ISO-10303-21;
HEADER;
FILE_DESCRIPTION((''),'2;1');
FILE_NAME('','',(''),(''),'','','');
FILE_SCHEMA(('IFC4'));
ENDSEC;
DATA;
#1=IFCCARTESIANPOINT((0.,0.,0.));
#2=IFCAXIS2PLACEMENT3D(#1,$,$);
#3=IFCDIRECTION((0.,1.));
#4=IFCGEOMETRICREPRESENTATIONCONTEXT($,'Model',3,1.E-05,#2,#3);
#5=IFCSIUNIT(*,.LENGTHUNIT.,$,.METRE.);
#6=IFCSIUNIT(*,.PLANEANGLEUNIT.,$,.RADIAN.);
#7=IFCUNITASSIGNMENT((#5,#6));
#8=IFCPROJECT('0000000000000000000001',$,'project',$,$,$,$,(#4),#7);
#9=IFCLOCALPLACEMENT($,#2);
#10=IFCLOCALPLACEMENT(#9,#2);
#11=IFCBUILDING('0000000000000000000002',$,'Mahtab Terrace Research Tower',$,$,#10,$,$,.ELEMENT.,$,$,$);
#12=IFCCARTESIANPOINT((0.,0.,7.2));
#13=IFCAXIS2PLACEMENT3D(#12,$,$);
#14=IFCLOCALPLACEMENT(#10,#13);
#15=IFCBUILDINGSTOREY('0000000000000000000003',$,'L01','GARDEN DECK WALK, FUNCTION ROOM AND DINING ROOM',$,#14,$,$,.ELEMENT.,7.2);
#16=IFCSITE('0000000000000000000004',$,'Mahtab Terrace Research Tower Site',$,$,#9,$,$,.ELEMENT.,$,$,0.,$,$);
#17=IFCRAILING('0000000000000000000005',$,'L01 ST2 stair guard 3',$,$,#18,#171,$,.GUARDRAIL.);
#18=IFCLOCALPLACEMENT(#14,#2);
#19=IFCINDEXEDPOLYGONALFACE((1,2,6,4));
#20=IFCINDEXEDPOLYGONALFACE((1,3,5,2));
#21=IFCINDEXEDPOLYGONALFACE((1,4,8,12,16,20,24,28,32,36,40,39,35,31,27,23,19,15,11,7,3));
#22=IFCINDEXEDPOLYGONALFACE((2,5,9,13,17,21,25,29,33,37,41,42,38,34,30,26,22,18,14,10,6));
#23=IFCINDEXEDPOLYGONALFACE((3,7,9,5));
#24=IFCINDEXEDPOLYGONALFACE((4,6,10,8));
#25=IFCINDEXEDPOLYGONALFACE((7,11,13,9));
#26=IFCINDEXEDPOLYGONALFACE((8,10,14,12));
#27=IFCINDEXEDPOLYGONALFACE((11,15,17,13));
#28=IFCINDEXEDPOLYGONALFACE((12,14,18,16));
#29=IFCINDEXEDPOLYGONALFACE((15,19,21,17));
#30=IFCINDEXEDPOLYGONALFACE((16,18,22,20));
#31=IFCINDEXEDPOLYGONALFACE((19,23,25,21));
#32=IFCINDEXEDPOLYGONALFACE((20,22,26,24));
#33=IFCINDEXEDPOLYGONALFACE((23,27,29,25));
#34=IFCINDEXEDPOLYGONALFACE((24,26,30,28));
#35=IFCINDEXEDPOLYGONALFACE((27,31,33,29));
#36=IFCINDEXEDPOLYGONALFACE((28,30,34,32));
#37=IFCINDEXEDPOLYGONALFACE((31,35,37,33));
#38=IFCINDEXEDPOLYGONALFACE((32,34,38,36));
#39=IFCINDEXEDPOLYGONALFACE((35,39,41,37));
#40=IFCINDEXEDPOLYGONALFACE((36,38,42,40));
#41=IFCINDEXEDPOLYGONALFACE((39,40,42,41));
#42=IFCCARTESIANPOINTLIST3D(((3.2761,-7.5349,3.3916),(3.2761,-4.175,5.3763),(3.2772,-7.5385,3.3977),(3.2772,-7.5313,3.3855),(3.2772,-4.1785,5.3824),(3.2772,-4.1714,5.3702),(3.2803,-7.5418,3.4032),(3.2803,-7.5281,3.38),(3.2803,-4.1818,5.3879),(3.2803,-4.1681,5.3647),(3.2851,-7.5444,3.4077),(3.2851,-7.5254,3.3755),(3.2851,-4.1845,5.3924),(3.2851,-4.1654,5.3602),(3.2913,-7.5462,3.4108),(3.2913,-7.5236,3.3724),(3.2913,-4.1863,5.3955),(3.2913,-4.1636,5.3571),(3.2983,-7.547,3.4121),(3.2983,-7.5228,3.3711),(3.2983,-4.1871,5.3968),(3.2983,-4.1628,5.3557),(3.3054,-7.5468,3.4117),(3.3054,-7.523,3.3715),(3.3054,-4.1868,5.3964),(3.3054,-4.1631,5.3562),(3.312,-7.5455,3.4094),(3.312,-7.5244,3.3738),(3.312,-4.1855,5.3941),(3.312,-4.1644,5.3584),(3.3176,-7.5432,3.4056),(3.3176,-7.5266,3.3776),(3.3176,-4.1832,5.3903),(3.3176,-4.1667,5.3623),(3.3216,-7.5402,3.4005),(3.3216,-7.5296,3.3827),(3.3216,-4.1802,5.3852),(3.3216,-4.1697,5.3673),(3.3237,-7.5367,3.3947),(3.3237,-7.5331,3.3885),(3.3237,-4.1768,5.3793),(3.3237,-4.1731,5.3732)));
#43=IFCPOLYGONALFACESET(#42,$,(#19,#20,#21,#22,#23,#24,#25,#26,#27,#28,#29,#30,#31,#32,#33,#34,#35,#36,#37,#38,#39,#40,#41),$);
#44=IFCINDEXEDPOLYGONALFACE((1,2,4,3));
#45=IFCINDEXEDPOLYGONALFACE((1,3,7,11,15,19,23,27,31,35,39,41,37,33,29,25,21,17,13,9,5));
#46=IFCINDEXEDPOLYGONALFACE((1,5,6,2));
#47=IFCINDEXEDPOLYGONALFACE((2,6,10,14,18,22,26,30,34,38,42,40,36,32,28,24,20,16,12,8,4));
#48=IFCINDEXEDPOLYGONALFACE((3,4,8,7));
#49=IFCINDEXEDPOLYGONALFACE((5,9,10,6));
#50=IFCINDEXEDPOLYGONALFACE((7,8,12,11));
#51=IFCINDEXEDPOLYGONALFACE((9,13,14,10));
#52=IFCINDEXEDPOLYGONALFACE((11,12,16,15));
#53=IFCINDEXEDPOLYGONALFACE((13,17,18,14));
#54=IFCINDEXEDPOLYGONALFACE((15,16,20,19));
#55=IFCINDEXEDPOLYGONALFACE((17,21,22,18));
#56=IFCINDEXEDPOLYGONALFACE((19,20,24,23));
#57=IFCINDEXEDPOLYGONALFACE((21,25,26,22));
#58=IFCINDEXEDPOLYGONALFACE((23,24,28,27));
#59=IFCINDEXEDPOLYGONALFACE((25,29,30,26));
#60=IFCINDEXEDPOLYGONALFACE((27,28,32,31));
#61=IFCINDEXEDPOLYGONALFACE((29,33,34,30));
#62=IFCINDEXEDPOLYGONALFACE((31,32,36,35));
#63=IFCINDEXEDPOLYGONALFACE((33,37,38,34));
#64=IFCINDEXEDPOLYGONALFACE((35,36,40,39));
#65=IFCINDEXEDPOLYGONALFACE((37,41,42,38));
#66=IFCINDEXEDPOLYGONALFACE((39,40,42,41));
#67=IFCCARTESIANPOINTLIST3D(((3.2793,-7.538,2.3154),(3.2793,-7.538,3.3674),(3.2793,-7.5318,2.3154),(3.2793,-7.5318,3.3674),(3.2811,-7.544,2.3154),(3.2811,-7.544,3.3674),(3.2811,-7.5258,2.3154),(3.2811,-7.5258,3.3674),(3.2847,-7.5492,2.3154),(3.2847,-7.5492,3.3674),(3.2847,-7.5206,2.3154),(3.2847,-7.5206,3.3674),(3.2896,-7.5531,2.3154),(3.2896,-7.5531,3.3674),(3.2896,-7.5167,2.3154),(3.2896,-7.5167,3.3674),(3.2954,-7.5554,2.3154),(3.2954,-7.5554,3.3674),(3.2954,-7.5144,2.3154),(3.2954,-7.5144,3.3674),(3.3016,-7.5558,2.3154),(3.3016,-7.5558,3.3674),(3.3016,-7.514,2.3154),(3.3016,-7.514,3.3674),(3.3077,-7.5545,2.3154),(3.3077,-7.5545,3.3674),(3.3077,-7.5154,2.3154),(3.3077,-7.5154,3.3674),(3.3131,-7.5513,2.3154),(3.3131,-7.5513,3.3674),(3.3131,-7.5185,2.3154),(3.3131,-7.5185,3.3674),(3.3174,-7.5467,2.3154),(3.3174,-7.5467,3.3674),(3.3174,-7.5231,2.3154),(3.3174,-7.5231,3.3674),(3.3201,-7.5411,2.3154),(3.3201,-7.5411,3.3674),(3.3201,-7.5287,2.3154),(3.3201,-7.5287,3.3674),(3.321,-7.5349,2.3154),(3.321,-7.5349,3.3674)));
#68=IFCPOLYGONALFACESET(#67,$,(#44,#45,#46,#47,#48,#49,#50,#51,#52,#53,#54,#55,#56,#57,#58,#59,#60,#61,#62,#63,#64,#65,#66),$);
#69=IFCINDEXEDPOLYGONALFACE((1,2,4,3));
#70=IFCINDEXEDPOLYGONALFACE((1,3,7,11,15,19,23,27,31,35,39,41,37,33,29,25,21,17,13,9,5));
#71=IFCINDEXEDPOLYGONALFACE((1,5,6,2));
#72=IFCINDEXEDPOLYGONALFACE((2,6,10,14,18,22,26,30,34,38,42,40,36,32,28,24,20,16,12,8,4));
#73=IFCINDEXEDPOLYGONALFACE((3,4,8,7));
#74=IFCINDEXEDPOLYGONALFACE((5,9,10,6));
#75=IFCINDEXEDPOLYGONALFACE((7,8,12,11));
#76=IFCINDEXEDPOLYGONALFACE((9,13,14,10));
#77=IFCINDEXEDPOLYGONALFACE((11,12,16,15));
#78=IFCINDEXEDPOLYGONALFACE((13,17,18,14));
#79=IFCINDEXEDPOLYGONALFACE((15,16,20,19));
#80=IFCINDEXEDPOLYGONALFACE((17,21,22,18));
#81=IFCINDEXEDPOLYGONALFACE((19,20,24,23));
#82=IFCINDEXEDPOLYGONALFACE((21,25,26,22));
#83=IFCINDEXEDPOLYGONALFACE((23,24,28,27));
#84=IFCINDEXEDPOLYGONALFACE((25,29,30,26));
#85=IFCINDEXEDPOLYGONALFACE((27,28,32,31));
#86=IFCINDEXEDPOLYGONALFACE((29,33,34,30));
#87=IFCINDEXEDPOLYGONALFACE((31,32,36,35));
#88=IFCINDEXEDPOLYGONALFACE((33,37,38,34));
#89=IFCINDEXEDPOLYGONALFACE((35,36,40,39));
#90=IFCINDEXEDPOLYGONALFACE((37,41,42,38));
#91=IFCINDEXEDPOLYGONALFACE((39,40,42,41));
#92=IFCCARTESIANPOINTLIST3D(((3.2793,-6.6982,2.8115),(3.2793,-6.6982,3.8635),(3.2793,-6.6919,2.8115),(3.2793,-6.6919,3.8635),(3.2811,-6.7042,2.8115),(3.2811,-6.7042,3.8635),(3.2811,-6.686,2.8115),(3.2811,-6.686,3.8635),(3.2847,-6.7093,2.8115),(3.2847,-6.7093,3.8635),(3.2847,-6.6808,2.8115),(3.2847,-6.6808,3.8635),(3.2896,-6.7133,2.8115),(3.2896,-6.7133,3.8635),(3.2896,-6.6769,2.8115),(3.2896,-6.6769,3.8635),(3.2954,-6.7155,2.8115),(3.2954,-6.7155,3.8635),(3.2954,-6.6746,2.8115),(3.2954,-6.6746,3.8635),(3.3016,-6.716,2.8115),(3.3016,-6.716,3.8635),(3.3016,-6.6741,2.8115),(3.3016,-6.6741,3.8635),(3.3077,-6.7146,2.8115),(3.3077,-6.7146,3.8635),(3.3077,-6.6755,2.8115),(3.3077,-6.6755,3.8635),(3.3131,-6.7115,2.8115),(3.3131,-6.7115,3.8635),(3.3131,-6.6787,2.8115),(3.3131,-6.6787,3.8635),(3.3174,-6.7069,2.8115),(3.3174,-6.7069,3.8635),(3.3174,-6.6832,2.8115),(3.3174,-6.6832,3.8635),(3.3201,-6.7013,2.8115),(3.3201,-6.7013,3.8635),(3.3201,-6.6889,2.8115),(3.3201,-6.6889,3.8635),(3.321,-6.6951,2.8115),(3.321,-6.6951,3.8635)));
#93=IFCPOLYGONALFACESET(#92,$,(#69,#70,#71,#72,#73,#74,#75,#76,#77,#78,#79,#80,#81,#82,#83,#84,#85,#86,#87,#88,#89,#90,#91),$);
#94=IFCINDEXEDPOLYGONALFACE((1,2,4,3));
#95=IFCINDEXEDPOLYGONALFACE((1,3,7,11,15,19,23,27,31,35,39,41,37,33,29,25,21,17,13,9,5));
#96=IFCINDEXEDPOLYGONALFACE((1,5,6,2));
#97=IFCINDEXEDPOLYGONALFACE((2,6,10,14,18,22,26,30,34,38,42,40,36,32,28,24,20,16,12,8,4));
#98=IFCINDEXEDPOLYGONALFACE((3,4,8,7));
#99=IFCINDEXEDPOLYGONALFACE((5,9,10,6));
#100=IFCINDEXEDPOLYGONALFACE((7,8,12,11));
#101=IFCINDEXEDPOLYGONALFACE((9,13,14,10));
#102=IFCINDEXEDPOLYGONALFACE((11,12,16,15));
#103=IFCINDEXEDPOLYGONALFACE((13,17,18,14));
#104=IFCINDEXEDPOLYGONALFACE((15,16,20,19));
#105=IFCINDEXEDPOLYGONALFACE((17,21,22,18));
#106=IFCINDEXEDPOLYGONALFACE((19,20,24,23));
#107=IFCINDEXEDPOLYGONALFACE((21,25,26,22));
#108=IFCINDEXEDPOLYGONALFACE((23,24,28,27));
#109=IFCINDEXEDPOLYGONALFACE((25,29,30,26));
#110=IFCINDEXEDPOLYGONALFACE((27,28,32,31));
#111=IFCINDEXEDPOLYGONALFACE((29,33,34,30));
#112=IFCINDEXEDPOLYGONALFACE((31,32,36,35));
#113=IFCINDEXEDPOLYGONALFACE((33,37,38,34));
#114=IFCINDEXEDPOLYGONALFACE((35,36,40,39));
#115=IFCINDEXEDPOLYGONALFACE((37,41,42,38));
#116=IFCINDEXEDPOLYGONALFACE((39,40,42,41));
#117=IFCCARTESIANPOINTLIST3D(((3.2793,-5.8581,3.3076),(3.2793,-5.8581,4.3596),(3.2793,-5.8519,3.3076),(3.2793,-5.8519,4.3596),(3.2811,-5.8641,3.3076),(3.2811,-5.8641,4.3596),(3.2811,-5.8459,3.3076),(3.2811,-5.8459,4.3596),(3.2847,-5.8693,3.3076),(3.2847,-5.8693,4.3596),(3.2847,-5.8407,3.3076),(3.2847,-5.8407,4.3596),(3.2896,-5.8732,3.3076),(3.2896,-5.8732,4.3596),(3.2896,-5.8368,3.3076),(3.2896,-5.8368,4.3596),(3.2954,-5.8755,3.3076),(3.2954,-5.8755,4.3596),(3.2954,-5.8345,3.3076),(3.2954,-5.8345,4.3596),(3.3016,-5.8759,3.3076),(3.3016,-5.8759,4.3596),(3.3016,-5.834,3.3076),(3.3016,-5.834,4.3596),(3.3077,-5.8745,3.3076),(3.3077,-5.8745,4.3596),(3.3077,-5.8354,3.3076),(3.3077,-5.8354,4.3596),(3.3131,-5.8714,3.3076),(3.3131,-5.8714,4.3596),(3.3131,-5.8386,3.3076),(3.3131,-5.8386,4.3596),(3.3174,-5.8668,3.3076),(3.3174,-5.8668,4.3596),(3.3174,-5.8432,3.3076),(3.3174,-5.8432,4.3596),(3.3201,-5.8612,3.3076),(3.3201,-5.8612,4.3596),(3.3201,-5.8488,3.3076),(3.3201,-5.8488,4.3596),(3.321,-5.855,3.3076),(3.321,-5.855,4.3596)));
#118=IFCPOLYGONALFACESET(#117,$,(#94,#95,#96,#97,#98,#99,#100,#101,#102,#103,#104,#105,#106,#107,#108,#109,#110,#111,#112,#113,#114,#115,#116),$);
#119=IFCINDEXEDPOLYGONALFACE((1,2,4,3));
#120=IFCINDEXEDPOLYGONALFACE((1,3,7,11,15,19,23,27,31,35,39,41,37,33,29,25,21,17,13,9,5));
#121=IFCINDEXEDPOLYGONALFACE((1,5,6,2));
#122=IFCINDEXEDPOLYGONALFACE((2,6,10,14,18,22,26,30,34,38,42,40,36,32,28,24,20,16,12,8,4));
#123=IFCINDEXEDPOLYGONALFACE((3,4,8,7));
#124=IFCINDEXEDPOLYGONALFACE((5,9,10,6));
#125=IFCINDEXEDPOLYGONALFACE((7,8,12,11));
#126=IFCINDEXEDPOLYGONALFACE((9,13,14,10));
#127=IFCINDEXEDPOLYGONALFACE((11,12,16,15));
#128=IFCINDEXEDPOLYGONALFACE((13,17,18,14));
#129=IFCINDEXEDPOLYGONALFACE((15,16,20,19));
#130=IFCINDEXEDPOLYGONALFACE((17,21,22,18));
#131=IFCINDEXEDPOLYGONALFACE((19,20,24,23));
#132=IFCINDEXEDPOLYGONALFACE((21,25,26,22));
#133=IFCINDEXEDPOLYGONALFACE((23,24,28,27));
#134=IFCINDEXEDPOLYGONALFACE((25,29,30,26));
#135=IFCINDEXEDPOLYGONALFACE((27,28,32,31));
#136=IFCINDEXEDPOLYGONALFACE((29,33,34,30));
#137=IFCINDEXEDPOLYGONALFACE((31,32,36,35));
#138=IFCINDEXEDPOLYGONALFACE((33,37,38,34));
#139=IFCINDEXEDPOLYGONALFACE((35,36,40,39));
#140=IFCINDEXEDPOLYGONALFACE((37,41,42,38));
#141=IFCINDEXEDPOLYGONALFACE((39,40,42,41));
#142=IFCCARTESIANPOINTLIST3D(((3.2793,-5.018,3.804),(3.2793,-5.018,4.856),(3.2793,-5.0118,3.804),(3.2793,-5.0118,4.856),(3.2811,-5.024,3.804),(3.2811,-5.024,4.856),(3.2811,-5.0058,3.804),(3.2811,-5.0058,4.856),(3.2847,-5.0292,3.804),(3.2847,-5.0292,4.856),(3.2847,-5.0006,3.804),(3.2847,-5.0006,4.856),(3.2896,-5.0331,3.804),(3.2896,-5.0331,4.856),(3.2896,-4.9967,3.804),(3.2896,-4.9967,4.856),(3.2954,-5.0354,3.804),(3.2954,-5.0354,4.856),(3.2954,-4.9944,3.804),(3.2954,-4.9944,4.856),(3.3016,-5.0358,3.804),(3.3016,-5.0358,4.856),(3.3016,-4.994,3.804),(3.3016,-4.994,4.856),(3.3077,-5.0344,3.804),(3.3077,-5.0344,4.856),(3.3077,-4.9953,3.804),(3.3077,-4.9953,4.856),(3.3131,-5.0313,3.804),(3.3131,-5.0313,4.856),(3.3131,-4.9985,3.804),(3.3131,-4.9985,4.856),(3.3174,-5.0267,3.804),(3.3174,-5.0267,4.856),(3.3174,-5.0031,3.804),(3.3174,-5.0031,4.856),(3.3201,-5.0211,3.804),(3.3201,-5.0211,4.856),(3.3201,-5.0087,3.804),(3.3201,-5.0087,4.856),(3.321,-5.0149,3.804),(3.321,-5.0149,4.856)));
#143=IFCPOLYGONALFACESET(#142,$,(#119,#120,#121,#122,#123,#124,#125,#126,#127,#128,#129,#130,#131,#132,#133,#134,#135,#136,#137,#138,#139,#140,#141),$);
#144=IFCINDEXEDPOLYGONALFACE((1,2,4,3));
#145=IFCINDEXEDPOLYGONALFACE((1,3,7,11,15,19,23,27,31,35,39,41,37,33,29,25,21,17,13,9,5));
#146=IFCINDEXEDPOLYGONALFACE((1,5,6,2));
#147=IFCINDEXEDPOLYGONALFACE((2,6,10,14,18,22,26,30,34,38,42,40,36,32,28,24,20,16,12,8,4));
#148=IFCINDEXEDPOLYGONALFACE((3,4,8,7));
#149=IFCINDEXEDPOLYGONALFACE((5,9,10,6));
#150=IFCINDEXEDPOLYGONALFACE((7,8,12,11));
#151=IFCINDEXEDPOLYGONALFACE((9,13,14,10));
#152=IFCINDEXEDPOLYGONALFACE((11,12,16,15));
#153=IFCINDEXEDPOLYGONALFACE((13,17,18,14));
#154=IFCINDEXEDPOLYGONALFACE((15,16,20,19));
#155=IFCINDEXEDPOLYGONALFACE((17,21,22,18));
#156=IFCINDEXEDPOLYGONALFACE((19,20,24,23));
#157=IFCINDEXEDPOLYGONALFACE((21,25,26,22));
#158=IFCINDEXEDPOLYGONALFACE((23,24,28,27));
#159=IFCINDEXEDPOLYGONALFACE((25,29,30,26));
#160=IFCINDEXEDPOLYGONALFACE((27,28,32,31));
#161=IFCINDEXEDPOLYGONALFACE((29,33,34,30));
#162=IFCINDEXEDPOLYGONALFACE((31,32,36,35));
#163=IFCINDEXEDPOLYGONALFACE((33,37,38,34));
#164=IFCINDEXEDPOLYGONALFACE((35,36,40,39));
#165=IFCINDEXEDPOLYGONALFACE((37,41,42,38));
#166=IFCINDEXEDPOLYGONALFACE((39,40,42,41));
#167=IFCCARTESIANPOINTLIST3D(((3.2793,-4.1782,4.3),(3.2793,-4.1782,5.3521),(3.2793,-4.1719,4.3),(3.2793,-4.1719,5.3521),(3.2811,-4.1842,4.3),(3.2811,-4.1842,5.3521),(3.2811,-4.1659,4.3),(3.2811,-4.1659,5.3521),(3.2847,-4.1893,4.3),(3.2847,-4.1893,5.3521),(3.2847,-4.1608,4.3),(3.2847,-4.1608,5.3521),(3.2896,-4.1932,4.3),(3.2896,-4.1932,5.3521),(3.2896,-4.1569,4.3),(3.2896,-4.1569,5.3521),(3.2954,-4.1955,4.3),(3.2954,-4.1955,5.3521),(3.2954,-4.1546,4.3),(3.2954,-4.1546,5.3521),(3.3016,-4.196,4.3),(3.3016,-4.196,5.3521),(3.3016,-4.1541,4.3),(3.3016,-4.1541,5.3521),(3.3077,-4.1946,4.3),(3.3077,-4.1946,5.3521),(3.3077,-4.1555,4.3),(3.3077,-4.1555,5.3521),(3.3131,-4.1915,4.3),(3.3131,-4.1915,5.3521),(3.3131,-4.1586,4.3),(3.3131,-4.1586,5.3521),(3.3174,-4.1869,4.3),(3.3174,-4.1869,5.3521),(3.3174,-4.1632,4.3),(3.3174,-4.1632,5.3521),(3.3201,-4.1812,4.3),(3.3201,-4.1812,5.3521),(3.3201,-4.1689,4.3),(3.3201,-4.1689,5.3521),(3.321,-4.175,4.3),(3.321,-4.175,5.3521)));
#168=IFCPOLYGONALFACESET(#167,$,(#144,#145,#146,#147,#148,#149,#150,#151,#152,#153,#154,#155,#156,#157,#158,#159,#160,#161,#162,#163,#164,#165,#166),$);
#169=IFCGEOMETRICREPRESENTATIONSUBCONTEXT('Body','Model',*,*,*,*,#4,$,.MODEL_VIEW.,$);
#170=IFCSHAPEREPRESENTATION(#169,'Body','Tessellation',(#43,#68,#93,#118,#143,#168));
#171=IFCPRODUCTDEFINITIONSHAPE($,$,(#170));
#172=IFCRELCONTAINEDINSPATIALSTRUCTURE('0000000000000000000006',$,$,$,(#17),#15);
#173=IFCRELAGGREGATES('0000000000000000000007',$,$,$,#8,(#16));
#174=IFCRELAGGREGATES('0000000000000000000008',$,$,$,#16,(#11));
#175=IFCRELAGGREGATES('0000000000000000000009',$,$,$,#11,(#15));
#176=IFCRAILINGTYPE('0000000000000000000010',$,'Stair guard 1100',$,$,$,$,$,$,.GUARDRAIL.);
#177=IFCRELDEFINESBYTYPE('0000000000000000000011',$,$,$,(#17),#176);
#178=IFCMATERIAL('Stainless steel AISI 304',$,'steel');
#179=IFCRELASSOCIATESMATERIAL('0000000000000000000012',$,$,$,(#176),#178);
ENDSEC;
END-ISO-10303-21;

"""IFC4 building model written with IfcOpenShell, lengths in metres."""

from ifc_helpers import new_model, si_unit, direction, frame, origin, origin_2d, place, context, subcontext, project, spatial, circle, extrude, material, type_object, element, save


model = new_model("IFC4")

# Units and contexts
model_context = context("Model", 3, precision=1e-05, world=origin(), true_north=direction((0.0, 1.0)))
body_context = subcontext(model_context, "Body", "Model", "MODEL_VIEW")
ifc_project = project(units=[si_unit("LENGTHUNIT", "METRE"), si_unit("PLANEANGLEUNIT", "RADIAN")], contexts=[model_context])

# Site, building, storey
site_placement = place(None, origin())
site = spatial("IfcSite", under=ifc_project, at=site_placement, Name="Mahtab Terrace Research Tower Site", CompositionType="ELEMENT", RefElevation=0.0)
building_placement = place(site_placement, origin())
building = spatial("IfcBuilding", under=site, at=building_placement, Name="Mahtab Terrace Research Tower", CompositionType="ELEMENT")
storey_placement = place(building_placement, frame((0.0, 0.0, 7.2)))
storey = spatial("IfcBuildingStorey", under=building, at=storey_placement, Name="L01", Description="GARDEN DECK WALK, FUNCTION ROOM AND DINING ROOM", CompositionType="ELEMENT", Elevation=7.2)

# Shared definitions
ifc_material_1 = material(Name="Stainless steel AISI 304", Category="steel")

# Railing
railing_type_1 = type_object("IfcRailingType", Name="Stair guard 1100", PredefinedType="GUARDRAIL", material=ifc_material_1)
railing_1_placement = place(storey_placement, frame((3.3, -7.5349, 2.3154)))
element("IfcRailing", 1, at=railing_1_placement, inside=storey, type_object=railing_type_1, Name="L01 ST2 stair guard 3", PredefinedType="GUARDRAIL", context=body_context, shape_type="SweptSolid", body=[
    extrude(circle(Radius=0.0239, at=origin_2d()), frame((0.0, 0.0, 1.0762), z_axis=(0.0, 0.861011, 0.508586), x_axis=(-1.0, 0.0, 0.0)), (0.0, 0.0, 1.0), 3.9023),
    extrude(circle(Radius=0.021, at=origin_2d()), origin(), (0.0, 0.0, 1.0), 1.052),
    extrude(circle(Radius=0.021, at=origin_2d()), frame((0.0, 0.8398, 0.4961)), (0.0, 0.0, 1.0), 1.052),
    extrude(circle(Radius=0.021, at=origin_2d()), frame((0.0, 1.6799, 0.9922)), (0.0, 0.0, 1.0), 1.052),
    extrude(circle(Radius=0.021, at=origin_2d()), frame((0.0, 2.52, 1.4885)), (0.0, 0.0, 1.0), 1.052),
    extrude(circle(Radius=0.021, at=origin_2d()), frame((0.0, 3.3599, 1.9846)), (0.0, 0.0, 1.0), 1.052),
])

save(model, "model.ifc")
